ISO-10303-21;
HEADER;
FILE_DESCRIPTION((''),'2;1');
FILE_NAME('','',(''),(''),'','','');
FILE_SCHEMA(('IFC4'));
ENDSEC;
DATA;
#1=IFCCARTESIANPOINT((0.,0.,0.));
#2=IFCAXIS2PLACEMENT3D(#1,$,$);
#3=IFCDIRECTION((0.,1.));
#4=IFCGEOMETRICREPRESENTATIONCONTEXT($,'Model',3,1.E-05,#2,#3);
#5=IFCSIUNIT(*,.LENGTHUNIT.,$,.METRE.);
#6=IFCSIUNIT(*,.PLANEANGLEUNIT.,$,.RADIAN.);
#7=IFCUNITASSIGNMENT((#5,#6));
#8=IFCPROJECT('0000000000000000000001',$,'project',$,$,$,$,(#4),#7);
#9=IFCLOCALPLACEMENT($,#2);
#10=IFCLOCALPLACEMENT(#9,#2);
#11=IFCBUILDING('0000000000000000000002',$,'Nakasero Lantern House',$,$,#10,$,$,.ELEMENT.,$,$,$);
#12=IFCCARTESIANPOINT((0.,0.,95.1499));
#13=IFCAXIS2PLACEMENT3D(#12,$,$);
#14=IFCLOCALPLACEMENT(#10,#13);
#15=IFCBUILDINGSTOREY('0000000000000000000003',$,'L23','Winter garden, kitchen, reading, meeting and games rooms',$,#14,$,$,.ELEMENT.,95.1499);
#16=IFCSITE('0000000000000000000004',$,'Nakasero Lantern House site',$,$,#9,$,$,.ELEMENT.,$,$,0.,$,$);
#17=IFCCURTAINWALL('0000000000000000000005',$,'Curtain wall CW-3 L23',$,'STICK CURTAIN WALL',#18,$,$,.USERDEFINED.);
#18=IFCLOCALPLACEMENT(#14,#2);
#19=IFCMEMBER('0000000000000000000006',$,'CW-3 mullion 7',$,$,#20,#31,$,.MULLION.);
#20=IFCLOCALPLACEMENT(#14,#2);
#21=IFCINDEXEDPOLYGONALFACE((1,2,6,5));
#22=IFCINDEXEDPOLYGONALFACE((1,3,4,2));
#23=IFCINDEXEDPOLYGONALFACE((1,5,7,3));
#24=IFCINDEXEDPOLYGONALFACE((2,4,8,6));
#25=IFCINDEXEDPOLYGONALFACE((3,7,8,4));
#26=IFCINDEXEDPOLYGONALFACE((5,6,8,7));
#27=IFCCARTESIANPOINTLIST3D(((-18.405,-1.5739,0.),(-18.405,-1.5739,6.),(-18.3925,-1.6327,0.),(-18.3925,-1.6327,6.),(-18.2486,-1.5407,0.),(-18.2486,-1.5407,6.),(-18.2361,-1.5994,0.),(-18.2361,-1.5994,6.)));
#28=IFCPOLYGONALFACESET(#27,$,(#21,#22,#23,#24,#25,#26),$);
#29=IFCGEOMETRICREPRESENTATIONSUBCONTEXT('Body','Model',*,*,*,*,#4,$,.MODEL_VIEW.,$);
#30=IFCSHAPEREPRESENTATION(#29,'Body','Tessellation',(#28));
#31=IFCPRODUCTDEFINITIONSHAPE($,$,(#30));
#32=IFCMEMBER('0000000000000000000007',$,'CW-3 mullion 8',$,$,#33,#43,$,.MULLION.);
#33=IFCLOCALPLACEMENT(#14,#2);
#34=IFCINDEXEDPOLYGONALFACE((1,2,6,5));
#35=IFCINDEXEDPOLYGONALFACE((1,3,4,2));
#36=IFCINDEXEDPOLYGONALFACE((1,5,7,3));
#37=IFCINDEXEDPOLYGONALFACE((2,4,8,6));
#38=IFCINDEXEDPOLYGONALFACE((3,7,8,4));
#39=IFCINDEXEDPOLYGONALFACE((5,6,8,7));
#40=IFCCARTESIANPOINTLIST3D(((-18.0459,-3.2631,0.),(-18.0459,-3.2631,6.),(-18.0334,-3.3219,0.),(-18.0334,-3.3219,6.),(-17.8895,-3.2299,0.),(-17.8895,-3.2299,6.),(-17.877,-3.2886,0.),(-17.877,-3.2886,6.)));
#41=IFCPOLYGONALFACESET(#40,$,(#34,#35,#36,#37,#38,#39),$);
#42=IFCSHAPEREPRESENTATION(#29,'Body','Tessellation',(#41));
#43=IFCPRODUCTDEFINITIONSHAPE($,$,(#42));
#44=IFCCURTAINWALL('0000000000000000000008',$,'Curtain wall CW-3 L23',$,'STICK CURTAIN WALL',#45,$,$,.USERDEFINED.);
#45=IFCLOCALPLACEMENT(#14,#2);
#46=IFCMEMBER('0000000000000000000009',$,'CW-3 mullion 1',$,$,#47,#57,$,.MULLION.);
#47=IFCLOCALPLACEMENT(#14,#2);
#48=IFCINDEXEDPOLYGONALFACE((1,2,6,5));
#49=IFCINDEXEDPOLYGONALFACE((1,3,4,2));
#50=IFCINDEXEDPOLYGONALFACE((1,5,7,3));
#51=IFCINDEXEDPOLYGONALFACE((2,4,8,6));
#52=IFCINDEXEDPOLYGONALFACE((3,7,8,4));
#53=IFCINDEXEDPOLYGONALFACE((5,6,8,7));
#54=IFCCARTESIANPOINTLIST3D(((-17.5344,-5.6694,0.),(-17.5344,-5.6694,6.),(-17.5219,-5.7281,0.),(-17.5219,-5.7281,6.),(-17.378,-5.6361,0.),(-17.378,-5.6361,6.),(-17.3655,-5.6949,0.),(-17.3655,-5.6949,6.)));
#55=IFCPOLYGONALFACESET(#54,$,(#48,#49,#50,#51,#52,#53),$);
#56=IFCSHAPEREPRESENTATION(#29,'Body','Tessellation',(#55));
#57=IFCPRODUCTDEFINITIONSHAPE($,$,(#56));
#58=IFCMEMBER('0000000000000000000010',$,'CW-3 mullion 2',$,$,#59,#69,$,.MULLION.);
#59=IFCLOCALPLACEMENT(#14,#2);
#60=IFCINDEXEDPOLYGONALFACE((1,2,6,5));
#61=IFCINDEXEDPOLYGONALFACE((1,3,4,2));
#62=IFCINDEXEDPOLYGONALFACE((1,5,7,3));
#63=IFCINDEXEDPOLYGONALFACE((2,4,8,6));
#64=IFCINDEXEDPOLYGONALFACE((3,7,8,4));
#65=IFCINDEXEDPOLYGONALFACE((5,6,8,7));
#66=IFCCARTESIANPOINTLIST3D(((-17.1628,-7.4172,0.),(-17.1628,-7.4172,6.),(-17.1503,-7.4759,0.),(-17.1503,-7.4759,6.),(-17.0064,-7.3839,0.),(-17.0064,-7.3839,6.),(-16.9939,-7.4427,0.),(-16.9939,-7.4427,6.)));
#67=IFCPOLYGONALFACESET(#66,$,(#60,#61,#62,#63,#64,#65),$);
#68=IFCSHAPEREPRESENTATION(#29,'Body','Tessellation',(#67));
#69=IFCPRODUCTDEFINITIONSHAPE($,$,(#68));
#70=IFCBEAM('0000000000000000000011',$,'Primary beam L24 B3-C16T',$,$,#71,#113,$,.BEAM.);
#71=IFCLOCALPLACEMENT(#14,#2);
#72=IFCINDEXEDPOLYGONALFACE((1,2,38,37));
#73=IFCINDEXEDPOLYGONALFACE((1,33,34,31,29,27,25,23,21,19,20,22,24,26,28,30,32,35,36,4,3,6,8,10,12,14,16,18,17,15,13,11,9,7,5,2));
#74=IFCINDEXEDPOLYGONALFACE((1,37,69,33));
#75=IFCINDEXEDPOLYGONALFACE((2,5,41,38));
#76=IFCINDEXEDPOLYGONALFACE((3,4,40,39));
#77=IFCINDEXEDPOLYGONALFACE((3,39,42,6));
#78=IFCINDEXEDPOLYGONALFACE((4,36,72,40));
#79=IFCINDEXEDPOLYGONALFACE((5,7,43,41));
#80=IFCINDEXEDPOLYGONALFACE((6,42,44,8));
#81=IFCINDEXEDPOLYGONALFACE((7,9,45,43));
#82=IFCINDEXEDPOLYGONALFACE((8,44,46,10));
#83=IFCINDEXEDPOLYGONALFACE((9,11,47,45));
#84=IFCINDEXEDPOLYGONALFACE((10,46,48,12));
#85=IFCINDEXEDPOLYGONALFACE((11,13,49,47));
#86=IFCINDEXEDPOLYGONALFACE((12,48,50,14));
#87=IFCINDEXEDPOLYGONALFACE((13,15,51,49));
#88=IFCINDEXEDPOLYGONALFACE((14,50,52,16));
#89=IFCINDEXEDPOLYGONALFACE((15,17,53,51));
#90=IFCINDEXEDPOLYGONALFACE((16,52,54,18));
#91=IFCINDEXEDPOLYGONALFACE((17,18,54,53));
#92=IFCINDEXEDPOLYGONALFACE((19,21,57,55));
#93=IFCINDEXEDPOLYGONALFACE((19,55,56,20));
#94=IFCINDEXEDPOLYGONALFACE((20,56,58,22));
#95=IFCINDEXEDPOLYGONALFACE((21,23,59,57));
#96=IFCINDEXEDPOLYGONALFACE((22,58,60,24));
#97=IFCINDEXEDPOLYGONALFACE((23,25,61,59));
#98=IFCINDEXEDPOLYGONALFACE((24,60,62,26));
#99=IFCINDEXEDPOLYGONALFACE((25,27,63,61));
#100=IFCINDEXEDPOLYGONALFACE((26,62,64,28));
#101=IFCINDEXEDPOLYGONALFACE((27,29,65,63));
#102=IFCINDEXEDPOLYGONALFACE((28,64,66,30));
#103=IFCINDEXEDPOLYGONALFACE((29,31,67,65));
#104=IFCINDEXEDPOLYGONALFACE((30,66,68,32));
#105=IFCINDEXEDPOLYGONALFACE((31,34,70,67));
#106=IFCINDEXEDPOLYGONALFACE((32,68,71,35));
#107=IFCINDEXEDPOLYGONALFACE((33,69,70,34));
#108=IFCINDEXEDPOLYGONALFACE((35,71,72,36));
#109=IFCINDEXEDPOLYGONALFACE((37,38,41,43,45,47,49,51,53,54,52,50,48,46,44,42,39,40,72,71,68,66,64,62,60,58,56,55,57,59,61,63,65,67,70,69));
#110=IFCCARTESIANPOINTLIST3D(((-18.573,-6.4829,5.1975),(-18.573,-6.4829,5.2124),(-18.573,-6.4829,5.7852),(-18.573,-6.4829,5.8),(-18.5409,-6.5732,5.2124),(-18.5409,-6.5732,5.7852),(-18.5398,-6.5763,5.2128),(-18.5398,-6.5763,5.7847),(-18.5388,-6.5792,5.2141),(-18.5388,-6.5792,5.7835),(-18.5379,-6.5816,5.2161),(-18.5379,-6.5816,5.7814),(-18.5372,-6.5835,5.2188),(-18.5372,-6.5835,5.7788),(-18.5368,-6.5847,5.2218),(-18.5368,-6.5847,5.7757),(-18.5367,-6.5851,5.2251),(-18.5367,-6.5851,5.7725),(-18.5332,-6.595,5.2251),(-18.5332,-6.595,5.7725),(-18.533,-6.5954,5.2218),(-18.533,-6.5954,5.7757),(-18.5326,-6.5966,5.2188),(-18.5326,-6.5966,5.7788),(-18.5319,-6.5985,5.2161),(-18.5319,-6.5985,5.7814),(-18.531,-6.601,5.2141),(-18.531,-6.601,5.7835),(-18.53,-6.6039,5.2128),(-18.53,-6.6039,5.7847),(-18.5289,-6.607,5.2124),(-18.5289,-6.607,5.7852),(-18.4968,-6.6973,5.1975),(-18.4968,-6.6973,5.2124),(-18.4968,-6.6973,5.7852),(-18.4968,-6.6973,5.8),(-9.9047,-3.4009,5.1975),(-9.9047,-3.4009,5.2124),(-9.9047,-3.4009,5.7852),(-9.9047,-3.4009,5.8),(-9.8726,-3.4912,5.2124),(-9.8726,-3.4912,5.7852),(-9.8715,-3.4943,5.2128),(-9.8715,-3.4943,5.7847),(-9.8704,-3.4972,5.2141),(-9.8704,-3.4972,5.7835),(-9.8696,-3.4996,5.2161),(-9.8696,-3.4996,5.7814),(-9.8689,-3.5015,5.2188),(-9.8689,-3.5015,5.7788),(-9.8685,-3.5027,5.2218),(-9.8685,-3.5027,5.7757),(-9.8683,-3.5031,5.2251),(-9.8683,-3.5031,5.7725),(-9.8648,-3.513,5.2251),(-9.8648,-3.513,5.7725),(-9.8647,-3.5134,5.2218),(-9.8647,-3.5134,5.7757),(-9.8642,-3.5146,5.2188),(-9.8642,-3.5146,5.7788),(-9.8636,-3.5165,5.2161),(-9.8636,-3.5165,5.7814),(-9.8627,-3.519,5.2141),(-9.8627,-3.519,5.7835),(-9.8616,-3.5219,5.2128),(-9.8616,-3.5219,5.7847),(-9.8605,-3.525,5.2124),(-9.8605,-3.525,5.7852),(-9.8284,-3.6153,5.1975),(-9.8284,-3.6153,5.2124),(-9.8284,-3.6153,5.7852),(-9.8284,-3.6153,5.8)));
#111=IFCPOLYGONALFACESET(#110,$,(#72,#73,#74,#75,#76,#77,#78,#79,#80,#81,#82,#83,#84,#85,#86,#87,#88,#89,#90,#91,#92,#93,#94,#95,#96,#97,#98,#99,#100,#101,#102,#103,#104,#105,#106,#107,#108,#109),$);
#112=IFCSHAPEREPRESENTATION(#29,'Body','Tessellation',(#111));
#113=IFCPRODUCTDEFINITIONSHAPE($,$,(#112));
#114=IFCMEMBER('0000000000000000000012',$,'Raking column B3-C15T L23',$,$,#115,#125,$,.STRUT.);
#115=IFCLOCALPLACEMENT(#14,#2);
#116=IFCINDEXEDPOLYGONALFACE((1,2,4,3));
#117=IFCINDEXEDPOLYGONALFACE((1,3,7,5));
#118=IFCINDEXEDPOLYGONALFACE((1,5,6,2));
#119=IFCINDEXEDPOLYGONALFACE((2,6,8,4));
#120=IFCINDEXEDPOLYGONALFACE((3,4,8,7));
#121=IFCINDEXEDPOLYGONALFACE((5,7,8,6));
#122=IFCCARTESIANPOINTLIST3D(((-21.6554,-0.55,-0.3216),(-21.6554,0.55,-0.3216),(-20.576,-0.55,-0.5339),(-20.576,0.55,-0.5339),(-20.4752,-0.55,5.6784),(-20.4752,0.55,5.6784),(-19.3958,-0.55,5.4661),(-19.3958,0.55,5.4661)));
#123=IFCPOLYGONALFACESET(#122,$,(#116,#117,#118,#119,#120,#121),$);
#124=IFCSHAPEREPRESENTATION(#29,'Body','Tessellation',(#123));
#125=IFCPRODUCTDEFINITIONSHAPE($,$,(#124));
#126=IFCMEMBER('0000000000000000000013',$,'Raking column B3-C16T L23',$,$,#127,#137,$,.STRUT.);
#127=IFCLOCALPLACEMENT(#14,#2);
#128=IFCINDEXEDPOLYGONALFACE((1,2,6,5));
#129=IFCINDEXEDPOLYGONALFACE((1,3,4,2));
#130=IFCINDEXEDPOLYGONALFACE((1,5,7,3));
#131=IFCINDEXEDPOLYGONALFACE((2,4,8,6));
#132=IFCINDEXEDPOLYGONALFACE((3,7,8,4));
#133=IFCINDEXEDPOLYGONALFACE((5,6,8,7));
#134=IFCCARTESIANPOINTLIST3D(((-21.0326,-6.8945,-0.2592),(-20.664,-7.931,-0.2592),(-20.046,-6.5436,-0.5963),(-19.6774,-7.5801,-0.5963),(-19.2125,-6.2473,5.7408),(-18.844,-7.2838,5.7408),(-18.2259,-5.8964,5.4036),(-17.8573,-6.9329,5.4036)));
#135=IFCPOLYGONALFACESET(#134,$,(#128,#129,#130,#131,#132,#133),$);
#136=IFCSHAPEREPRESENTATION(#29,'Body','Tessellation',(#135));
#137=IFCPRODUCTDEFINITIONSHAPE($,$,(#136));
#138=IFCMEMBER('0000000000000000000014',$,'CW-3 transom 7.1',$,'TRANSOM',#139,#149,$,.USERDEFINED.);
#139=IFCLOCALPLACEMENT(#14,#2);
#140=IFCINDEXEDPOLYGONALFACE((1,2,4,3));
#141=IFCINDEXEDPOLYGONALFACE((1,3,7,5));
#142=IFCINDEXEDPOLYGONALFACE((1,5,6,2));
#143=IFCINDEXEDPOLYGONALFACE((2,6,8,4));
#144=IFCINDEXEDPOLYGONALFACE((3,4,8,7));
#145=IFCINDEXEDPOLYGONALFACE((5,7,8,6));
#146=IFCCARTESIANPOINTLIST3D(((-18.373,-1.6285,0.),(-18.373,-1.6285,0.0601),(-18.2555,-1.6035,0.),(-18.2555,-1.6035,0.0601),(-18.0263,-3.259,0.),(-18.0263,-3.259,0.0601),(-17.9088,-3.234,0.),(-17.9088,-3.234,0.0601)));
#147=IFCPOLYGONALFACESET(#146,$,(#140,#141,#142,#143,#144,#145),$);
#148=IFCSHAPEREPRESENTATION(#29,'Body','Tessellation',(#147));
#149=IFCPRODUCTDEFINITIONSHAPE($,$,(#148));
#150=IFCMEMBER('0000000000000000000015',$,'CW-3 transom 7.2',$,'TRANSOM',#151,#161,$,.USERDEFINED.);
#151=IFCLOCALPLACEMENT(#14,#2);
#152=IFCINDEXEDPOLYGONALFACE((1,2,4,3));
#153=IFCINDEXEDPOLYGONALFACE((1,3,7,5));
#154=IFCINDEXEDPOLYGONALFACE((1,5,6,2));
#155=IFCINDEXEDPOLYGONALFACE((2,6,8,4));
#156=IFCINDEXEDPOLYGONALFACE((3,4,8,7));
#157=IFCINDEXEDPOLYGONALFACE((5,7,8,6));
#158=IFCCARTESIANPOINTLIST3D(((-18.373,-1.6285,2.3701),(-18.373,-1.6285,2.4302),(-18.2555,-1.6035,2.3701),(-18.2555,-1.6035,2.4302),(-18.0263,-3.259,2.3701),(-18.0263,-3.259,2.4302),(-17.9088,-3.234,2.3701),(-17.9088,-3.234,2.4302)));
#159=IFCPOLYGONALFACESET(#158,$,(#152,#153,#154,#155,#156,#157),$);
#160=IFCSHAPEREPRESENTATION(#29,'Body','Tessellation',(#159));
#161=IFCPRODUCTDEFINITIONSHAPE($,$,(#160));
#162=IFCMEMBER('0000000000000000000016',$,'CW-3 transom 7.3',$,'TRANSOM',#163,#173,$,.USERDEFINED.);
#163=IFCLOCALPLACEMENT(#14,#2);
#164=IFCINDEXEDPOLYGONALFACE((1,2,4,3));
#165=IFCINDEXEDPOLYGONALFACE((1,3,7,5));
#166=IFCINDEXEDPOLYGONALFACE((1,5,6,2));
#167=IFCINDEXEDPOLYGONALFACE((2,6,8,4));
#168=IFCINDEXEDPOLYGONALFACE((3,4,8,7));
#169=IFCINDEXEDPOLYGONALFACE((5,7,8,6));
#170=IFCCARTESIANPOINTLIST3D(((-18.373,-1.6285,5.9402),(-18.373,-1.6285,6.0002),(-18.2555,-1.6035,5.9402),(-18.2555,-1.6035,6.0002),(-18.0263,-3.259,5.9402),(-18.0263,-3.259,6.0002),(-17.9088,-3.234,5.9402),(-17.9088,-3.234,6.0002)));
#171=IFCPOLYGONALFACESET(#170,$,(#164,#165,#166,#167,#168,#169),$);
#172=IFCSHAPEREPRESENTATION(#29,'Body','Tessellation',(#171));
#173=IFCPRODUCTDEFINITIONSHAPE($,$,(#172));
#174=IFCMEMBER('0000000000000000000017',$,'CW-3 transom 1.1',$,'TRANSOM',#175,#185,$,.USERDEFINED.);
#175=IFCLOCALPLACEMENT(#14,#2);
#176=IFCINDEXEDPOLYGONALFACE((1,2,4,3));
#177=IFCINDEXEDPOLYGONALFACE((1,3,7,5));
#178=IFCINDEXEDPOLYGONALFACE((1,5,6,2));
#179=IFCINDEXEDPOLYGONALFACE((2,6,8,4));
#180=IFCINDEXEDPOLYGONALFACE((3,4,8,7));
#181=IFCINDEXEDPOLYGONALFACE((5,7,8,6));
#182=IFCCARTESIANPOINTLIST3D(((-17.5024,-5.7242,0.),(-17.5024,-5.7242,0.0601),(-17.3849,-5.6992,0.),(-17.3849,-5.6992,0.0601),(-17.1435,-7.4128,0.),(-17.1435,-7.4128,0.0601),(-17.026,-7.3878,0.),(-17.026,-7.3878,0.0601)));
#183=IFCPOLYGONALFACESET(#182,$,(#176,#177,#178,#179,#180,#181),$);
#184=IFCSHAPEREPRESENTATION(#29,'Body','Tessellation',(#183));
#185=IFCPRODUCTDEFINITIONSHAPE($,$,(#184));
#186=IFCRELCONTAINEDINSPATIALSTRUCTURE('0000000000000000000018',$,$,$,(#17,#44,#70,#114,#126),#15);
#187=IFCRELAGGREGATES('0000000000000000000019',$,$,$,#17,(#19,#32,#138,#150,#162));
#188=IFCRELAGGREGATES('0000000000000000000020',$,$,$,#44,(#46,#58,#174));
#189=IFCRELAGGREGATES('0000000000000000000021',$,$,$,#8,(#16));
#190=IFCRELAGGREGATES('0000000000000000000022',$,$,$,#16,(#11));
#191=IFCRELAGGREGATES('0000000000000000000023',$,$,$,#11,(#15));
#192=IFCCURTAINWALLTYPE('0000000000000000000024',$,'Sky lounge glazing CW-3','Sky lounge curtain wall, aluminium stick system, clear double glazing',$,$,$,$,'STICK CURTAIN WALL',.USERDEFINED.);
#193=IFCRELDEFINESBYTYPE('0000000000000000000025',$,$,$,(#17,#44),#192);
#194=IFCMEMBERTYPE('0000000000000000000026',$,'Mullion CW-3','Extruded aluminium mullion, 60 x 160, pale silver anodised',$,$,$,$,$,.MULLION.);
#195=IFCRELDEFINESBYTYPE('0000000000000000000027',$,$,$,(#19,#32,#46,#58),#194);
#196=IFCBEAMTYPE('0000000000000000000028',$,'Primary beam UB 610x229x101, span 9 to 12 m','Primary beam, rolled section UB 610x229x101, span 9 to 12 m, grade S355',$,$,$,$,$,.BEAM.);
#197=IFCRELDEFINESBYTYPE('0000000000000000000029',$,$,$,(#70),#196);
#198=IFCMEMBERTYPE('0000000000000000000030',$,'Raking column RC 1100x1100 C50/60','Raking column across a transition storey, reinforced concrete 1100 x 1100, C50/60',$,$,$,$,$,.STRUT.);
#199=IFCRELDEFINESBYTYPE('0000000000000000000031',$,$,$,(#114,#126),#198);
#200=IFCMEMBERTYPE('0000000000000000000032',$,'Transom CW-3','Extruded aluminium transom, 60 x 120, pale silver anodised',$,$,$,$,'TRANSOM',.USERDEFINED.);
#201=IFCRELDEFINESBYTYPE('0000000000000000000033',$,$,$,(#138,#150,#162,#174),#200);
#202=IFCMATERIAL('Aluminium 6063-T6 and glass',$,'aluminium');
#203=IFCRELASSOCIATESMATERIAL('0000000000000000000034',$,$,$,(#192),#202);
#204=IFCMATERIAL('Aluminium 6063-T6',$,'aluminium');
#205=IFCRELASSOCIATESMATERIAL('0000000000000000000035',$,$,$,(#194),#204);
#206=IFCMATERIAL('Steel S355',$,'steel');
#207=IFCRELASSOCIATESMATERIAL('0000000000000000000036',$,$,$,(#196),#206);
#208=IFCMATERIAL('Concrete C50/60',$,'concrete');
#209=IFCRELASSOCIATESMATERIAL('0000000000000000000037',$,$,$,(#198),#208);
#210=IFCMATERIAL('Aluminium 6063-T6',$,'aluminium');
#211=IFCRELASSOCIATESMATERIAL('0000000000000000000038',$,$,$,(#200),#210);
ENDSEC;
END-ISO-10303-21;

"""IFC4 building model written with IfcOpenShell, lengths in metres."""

from ifc_helpers import new_model, si_unit, direction, frame, origin, origin_2d, place, context, subcontext, project, spatial, rectangle, i_section, extrude, material, material_profile, profile_set, type_object, element, aggregate, save


model = new_model("IFC4")

# Units and contexts
model_context = context("Model", 3, precision=1e-05, world=origin(), true_north=direction((0.0, 1.0)))
body_context = subcontext(model_context, "Body", "Model", "MODEL_VIEW")
ifc_project = project(units=[si_unit("LENGTHUNIT", "METRE"), si_unit("PLANEANGLEUNIT", "RADIAN")], contexts=[model_context])

# Site, building, storey
site_placement = place(None, origin())
site = spatial("IfcSite", under=ifc_project, at=site_placement, Name="Nakasero Lantern House site", CompositionType="ELEMENT", RefElevation=0.0)
building_placement = place(site_placement, origin())
building = spatial("IfcBuilding", under=site, at=building_placement, Name="Nakasero Lantern House", CompositionType="ELEMENT")
storey_placement = place(building_placement, frame((0.0, 0.0, 95.1499)))
storey = spatial("IfcBuildingStorey", under=building, at=storey_placement, Name="L23", Description="Winter garden, kitchen, reading, meeting and games rooms", CompositionType="ELEMENT", Elevation=95.1499)

# Curtain walls, members
ifc_material_1 = material(Name="Aluminium 6063-T6 and glass", Category="aluminium")
curtain_wall_type = type_object("IfcCurtainWallType", Name="Sky lounge glazing CW-3", Description="Sky lounge curtain wall, aluminium stick system, clear double glazing", ElementType="STICK CURTAIN WALL", PredefinedType="USERDEFINED", material=ifc_material_1)
curtain_wall_1_placement = place(storey_placement, origin())
curtain_wall_1 = element("IfcCurtainWall", 1, at=curtain_wall_1_placement, inside=storey, type_object=curtain_wall_type, Name="Curtain wall CW-3 L23", ObjectType="STICK CURTAIN WALL", PredefinedType="USERDEFINED")
ifc_material_2 = material(Name="Aluminium 6063-T6", Category="aluminium")
ifc_material_profile_1 = material_profile(ifc_material_2, rectangle(XDim=0.0601, YDim=0.1599, at=origin_2d()), Name="CW-3 mullion 60x160")
ifc_profile_set_1 = profile_set([ifc_material_profile_1], Name="Aluminium 6063-T6")
member_type_1 = type_object("IfcMemberType", Name="Mullion CW-3", Description="Extruded aluminium mullion, 60 x 160, pale silver anodised", PredefinedType="MULLION", material=ifc_profile_set_1)
member_1_placement = place(storey_placement, frame((-18.3206, -1.5867, 0.0), z_axis=(0.0, 0.0, 1.0), x_axis=(0.207912, -0.978148, 0.0)))
member_1 = element("IfcMember", 2, at=member_1_placement, type_object=member_type_1, Name="CW-3 mullion 7", PredefinedType="MULLION", context=body_context, shape_type="SweptSolid", body=[
    extrude(rectangle(XDim=0.0601, YDim=0.1599, at=origin_2d()), origin(), (0.0, 0.0, 1.0), 6.0),
])
member_2_placement = place(storey_placement, frame((-17.9614, -3.2759, 0.0), z_axis=(0.0, 0.0, 1.0), x_axis=(0.207912, -0.978148, 0.0)))
member_2 = element("IfcMember", 3, at=member_2_placement, type_object=member_type_1, Name="CW-3 mullion 8", PredefinedType="MULLION", context=body_context, shape_type="SweptSolid", body=[
    extrude(rectangle(XDim=0.0601, YDim=0.1599, at=origin_2d()), origin(), (0.0, 0.0, 1.0), 6.0),
])
curtain_wall_2_placement = place(storey_placement, origin())
curtain_wall_2 = element("IfcCurtainWall", 4, at=curtain_wall_2_placement, inside=storey, type_object=curtain_wall_type, Name="Curtain wall CW-3 L23", ObjectType="STICK CURTAIN WALL", PredefinedType="USERDEFINED")
member_3_placement = place(storey_placement, frame((-17.45, -5.6821, 0.0), z_axis=(0.0, 0.0, 1.0), x_axis=(0.207912, -0.978148, 0.0)))
member_3 = element("IfcMember", 5, at=member_3_placement, type_object=member_type_1, Name="CW-3 mullion 1", PredefinedType="MULLION", context=body_context, shape_type="SweptSolid", body=[
    extrude(rectangle(XDim=0.0601, YDim=0.1599, at=origin_2d()), origin(), (0.0, 0.0, 1.0), 6.0),
])
member_4_placement = place(storey_placement, frame((-17.0784, -7.4299, 0.0), z_axis=(0.0, 0.0, 1.0), x_axis=(0.207912, -0.978148, 0.0)))
member_4 = element("IfcMember", 6, at=member_4_placement, type_object=member_type_1, Name="CW-3 mullion 2", PredefinedType="MULLION", context=body_context, shape_type="SweptSolid", body=[
    extrude(rectangle(XDim=0.0601, YDim=0.1599, at=origin_2d()), origin(), (0.0, 0.0, 1.0), 6.0),
])

# Beam
ifc_material_3 = material(Name="Steel S355", Category="steel")
ifc_material_profile_2 = material_profile(ifc_material_3, i_section(OverallWidth=0.2275, OverallDepth=0.6025, WebThickness=0.0105, FlangeThickness=0.0149, FilletRadius=0.0127, at=origin_2d()), Name="UB 610x229x101")
ifc_profile_set_2 = profile_set([ifc_material_profile_2], Name="Steel S355")
beam_type_1 = type_object("IfcBeamType", Name="Primary beam UB 610x229x101, span 9 to 12 m", Description="Primary beam, rolled section UB 610x229x101, span 9 to 12 m, grade S355", PredefinedType="BEAM", material=ifc_profile_set_2)
beam_1_placement = place(storey_placement, frame((-18.5349, -6.5901, 5.4988), z_axis=(0.942218, 0.335001, 0.0), x_axis=(-0.335001, 0.942218, 0.0)))
element("IfcBeam", 7, at=beam_1_placement, inside=storey, type_object=beam_type_1, Name="Primary beam L24 B3-C16T", PredefinedType="BEAM", context=body_context, shape_type="SweptSolid", body=[
    extrude(i_section(OverallWidth=0.2275, OverallDepth=0.6025, WebThickness=0.0105, FlangeThickness=0.0149, FilletRadius=0.0127, at=origin_2d()), origin(), (0.0, 0.0, 1.0), 9.2),
])

# Members
ifc_material_4 = material(Name="Concrete C50/60", Category="concrete")
ifc_material_profile_3 = material_profile(ifc_material_4, rectangle(XDim=1.1001, YDim=1.1001, at=origin_2d()), Name="RC 1100x1100")
ifc_profile_set_3 = profile_set([ifc_material_profile_3], Name="Concrete C50/60")
member_type_2 = type_object("IfcMemberType", Name="Raking column RC 1100x1100 C50/60", Description="Raking column across a transition storey, reinforced concrete 1100 x 1100, C50/60", PredefinedType="STRUT", material=ifc_profile_set_3)
member_5_placement = place(storey_placement, frame((-21.1157, 0.0, -0.4277), z_axis=(0.192998, 0.0, 0.981199), x_axis=(0.0, 1.0, 0.0)))
element("IfcMember", 8, at=member_5_placement, inside=storey, type_object=member_type_2, Name="Raking column B3-C15T L23", PredefinedType="STRUT", context=body_context, shape_type="SweptSolid", body=[
    extrude(rectangle(XDim=1.1001, YDim=1.1001, at=origin_2d()), origin(), (0.0, 0.0, 1.0), 6.115),
])
member_6_placement = place(storey_placement, frame((-20.355, -7.2373, -0.4277), z_axis=(0.288749, 0.102679, 0.951883), x_axis=(-0.335047, 0.942201, 0.0)))
element("IfcMember", 9, at=member_6_placement, inside=storey, type_object=member_type_2, Name="Raking column B3-C16T L23", PredefinedType="STRUT", context=body_context, shape_type="SweptSolid", body=[
    extrude(rectangle(XDim=1.1001, YDim=1.1001, at=origin_2d()), origin(), (0.0, 0.0, 1.0), 6.3032),
])

# Members
ifc_material_5 = material(Name="Aluminium 6063-T6", Category="aluminium")
ifc_material_profile_4 = material_profile(ifc_material_5, rectangle(XDim=0.0601, YDim=0.1201, at=origin_2d()), Name="CW-3 transom 60x120")
ifc_profile_set_4 = profile_set([ifc_material_profile_4], Name="Aluminium 6063-T6")
member_type_3 = type_object("IfcMemberType", Name="Transom CW-3", Description="Extruded aluminium transom, 60 x 120, pale silver anodised", ElementType="TRANSOM", PredefinedType="USERDEFINED", material=ifc_profile_set_4)
member_7_placement = place(storey_placement, frame((-18.3142, -1.616, 0.03), z_axis=(0.207959, -0.978138, 0.0), x_axis=(0.0, 0.0, 1.0)))
member_7 = element("IfcMember", 10, at=member_7_placement, type_object=member_type_3, Name="CW-3 transom 7.1", ObjectType="TRANSOM", PredefinedType="USERDEFINED", context=body_context, shape_type="SweptSolid", body=[
    extrude(rectangle(XDim=0.0601, YDim=0.1201, at=origin_2d()), origin(), (0.0, 0.0, 1.0), 1.667),
])
member_8_placement = place(storey_placement, frame((-18.3142, -1.616, 2.4001), z_axis=(0.207959, -0.978138, 0.0), x_axis=(0.0, 0.0, 1.0)))
member_8 = element("IfcMember", 11, at=member_8_placement, type_object=member_type_3, Name="CW-3 transom 7.2", ObjectType="TRANSOM", PredefinedType="USERDEFINED", context=body_context, shape_type="SweptSolid", body=[
    extrude(rectangle(XDim=0.0601, YDim=0.1201, at=origin_2d()), origin(), (0.0, 0.0, 1.0), 1.667),
])
member_9_placement = place(storey_placement, frame((-18.3142, -1.616, 5.9702), z_axis=(0.207959, -0.978138, 0.0), x_axis=(0.0, 0.0, 1.0)))
member_9 = element("IfcMember", 12, at=member_9_placement, type_object=member_type_3, Name="CW-3 transom 7.3", ObjectType="TRANSOM", PredefinedType="USERDEFINED", context=body_context, shape_type="SweptSolid", body=[
    extrude(rectangle(XDim=0.0601, YDim=0.1201, at=origin_2d()), origin(), (0.0, 0.0, 1.0), 1.667),
])
member_10_placement = place(storey_placement, frame((-17.4436, -5.7117, 0.03), z_axis=(0.207877, -0.978155, 0.0), x_axis=(0.0, 0.0, 1.0)))
member_10 = element("IfcMember", 13, at=member_10_placement, type_object=member_type_3, Name="CW-3 transom 1.1", ObjectType="TRANSOM", PredefinedType="USERDEFINED", context=body_context, shape_type="SweptSolid", body=[
    extrude(rectangle(XDim=0.0601, YDim=0.1201, at=origin_2d()), origin(), (0.0, 0.0, 1.0), 1.7263),
])

aggregate(curtain_wall_1, [member_1, member_2, member_7, member_8, member_9])
aggregate(curtain_wall_2, [member_3, member_4, member_10])

save(model, "model.ifc")
